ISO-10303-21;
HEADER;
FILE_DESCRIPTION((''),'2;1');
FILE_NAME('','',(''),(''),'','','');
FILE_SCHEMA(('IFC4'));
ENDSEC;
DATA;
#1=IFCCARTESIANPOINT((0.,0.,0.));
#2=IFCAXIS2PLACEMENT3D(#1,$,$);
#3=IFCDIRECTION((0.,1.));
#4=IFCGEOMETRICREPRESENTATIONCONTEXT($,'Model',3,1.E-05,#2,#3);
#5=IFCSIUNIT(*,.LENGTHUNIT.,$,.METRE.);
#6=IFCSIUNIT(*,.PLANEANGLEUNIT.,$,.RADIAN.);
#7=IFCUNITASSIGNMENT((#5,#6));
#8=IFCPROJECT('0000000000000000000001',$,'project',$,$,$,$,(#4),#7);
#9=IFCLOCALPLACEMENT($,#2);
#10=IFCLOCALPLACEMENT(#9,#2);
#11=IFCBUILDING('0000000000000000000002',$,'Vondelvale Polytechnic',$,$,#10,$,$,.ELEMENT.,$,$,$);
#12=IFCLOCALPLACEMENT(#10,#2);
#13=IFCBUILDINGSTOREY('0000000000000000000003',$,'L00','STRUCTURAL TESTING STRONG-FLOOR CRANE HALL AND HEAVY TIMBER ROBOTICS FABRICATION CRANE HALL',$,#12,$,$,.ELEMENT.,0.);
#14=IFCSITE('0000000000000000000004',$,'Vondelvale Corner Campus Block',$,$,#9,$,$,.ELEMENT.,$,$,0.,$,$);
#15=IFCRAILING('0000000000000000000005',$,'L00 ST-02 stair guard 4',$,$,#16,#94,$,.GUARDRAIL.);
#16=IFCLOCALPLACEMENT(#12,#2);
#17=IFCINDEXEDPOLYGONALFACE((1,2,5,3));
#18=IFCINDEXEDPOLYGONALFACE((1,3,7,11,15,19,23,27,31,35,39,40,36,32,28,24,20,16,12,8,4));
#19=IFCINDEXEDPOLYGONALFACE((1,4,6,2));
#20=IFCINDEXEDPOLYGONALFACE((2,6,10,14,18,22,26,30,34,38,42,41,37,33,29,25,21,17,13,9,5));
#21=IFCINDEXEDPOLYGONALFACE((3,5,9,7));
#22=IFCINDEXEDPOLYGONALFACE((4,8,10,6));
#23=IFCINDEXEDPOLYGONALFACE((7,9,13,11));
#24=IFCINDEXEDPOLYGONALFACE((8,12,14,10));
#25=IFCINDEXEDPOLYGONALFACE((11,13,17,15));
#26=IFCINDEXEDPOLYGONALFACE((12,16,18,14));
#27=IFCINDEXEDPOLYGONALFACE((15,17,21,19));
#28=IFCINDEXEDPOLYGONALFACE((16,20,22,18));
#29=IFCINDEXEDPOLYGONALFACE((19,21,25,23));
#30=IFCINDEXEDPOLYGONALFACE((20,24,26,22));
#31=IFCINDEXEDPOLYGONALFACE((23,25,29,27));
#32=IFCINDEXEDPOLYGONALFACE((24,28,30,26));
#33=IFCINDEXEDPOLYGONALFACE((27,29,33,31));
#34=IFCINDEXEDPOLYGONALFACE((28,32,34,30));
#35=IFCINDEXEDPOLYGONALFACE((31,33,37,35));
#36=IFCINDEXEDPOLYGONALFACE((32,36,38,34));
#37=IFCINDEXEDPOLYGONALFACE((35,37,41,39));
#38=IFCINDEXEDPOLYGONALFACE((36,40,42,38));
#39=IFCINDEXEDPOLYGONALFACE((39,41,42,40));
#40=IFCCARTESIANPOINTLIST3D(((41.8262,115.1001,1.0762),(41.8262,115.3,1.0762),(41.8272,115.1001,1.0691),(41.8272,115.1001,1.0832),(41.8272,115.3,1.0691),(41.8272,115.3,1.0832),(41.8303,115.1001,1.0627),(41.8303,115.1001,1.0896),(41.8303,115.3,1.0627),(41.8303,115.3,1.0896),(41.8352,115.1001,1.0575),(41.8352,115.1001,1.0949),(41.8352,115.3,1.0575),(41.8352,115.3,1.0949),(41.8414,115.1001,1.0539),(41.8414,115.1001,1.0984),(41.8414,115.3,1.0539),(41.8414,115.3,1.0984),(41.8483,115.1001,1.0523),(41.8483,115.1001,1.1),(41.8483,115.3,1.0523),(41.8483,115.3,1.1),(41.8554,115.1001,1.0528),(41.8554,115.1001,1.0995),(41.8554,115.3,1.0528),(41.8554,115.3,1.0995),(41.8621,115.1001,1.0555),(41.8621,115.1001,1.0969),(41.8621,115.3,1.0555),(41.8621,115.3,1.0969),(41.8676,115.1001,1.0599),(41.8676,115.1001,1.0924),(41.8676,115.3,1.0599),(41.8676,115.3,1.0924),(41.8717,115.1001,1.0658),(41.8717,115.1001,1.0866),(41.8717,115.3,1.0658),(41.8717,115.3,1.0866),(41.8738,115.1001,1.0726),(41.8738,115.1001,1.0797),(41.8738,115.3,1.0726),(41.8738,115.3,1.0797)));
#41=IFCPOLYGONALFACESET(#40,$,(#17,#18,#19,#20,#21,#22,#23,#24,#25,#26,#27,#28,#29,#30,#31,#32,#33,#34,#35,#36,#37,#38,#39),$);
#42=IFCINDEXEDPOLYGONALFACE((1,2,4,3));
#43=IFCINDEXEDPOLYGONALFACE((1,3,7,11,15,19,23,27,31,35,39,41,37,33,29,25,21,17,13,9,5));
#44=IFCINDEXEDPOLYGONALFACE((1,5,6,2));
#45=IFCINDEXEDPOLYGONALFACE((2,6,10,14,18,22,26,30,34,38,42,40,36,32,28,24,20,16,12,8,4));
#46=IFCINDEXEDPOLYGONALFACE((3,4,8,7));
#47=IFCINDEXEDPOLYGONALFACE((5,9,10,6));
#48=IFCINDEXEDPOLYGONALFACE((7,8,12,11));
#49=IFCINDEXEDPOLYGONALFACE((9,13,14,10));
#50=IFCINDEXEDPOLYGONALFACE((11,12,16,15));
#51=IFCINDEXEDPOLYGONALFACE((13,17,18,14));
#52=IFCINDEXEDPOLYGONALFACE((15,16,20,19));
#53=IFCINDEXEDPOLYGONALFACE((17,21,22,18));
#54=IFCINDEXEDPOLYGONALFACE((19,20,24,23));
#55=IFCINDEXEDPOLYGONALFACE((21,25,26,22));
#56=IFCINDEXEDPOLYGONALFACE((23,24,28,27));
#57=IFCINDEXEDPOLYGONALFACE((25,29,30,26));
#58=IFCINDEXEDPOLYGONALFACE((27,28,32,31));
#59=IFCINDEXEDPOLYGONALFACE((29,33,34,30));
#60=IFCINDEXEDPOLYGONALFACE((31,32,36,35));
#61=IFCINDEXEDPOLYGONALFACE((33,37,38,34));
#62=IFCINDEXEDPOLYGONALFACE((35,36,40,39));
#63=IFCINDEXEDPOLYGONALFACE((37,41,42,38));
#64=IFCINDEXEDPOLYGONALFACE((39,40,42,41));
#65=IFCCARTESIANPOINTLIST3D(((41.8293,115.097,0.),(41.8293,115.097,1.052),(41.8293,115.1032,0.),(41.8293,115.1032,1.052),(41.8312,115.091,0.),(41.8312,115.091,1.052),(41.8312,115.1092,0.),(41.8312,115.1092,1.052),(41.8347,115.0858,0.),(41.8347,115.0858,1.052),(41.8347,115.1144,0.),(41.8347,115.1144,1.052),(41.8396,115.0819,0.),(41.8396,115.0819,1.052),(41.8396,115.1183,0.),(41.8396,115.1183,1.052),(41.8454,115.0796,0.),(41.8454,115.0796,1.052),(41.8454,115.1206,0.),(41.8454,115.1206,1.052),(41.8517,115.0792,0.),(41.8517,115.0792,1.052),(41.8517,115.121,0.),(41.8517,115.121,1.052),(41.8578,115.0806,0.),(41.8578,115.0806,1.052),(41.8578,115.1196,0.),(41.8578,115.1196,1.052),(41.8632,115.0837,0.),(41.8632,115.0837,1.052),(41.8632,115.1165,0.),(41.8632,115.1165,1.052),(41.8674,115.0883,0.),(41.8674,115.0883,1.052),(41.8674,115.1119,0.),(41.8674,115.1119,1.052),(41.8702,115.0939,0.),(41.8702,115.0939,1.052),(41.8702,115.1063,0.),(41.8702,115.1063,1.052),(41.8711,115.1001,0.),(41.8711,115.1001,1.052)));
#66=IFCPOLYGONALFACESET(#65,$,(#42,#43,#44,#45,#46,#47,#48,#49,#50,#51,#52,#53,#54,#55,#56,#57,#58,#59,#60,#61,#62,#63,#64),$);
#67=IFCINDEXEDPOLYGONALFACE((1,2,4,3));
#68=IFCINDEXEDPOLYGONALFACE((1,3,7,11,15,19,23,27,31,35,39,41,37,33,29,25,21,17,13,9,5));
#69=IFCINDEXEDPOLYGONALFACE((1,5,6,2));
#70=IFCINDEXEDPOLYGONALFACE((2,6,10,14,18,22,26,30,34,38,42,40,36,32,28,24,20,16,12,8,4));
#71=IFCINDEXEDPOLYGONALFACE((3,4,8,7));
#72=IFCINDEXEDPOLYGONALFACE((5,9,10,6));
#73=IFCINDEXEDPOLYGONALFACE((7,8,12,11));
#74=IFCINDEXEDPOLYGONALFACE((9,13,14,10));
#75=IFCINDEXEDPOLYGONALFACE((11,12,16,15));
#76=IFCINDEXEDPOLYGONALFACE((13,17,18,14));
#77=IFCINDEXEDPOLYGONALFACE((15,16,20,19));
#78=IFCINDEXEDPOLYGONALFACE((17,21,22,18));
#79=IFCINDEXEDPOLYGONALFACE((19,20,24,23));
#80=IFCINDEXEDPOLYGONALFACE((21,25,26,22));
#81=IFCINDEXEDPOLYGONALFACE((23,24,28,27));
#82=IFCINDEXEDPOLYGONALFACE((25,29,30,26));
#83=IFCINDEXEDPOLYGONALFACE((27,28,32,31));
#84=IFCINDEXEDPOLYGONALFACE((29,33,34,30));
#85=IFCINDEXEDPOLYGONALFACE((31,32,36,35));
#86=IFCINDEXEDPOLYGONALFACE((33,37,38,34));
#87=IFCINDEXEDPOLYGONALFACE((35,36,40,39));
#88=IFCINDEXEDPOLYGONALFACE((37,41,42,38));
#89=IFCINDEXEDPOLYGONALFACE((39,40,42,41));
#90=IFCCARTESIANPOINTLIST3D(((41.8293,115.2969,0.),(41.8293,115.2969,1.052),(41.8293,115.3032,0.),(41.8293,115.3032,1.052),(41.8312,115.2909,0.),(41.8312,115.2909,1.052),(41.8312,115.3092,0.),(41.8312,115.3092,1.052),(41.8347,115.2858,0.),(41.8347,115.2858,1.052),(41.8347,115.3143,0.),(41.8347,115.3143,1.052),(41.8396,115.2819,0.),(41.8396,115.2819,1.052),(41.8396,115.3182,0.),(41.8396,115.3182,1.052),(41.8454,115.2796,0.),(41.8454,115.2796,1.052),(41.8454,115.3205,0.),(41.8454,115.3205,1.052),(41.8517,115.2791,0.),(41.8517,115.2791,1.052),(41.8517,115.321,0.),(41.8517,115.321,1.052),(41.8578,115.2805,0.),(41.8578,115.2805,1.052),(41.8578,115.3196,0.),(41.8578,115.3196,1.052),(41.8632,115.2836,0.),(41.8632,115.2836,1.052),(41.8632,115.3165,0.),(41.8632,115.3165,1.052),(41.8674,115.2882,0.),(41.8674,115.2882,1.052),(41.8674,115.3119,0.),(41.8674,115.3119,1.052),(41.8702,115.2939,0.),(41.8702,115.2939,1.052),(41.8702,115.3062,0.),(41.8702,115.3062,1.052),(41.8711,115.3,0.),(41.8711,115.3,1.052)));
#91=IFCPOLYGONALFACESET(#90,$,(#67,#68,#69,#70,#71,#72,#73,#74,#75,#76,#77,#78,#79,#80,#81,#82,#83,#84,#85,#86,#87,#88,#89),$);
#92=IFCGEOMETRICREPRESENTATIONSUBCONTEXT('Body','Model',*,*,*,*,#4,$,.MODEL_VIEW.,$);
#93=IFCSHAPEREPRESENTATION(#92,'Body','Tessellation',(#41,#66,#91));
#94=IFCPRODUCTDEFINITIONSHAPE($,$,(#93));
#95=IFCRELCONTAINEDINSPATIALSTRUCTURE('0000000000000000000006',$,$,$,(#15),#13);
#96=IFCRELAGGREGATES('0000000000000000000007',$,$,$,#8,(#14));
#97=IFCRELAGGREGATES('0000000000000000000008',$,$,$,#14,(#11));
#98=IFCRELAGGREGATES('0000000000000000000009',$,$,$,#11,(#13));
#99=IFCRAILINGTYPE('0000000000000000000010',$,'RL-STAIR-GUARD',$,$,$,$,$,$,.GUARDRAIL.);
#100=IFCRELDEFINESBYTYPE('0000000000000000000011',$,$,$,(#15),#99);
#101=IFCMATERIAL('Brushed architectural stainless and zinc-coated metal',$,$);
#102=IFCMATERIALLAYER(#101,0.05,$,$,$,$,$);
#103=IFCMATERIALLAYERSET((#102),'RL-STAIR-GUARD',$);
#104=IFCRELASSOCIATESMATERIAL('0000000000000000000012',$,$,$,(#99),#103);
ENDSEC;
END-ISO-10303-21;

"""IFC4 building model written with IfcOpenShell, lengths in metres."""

from ifc_helpers import new_model, si_unit, direction, frame, origin, origin_2d, place, context, subcontext, project, spatial, circle, extrude, material, layer, layer_set, type_object, element, save


model = new_model("IFC4")

# Units and contexts
model_context = context("Model", 3, precision=1e-05, world=origin(), true_north=direction((0.0, 1.0)))
body_context = subcontext(model_context, "Body", "Model", "MODEL_VIEW")
ifc_project = project(units=[si_unit("LENGTHUNIT", "METRE"), si_unit("PLANEANGLEUNIT", "RADIAN")], contexts=[model_context])

# Site, building, storey
site_placement = place(None, origin())
site = spatial("IfcSite", under=ifc_project, at=site_placement, Name="Vondelvale Corner Campus Block", CompositionType="ELEMENT", RefElevation=0.0)
building_placement = place(site_placement, origin())
building = spatial("IfcBuilding", under=site, at=building_placement, Name="Vondelvale Polytechnic", CompositionType="ELEMENT")
storey_placement = place(building_placement, origin())
storey = spatial("IfcBuildingStorey", under=building, at=storey_placement, Name="L00", Description="STRUCTURAL TESTING STRONG-FLOOR CRANE HALL AND HEAVY TIMBER ROBOTICS FABRICATION CRANE HALL", CompositionType="ELEMENT", Elevation=0.0)

# Shared definitions
ifc_material_1 = material(Name="Brushed architectural stainless and zinc-coated metal")

# Railing
ifc_layer_1 = layer(ifc_material_1, 0.05)
ifc_layer_set_1 = layer_set([ifc_layer_1], Name="RL-STAIR-GUARD")
railing_type_1 = type_object("IfcRailingType", Name="RL-STAIR-GUARD", PredefinedType="GUARDRAIL", material=ifc_layer_set_1)
railing_1_placement = place(storey_placement, frame((41.8501, 115.1001, 0.0)))
element("IfcRailing", 1, at=railing_1_placement, inside=storey, type_object=railing_type_1, Name="L00 ST-02 stair guard 4", PredefinedType="GUARDRAIL", context=body_context, shape_type="SweptSolid", body=[
    extrude(circle(Radius=0.0239, at=origin_2d()), frame((0.0, 0.0, 1.0762), z_axis=(0.0, 1.0, 0.0), x_axis=(-1.0, 0.0, 0.0)), (0.0, 0.0, 1.0), 0.2),
    extrude(circle(Radius=0.021, at=origin_2d()), origin(), (0.0, 0.0, 1.0), 1.052),
    extrude(circle(Radius=0.021, at=origin_2d()), frame((0.0, 0.2, 0.0)), (0.0, 0.0, 1.0), 1.052),
])

save(model, "model.ifc")
